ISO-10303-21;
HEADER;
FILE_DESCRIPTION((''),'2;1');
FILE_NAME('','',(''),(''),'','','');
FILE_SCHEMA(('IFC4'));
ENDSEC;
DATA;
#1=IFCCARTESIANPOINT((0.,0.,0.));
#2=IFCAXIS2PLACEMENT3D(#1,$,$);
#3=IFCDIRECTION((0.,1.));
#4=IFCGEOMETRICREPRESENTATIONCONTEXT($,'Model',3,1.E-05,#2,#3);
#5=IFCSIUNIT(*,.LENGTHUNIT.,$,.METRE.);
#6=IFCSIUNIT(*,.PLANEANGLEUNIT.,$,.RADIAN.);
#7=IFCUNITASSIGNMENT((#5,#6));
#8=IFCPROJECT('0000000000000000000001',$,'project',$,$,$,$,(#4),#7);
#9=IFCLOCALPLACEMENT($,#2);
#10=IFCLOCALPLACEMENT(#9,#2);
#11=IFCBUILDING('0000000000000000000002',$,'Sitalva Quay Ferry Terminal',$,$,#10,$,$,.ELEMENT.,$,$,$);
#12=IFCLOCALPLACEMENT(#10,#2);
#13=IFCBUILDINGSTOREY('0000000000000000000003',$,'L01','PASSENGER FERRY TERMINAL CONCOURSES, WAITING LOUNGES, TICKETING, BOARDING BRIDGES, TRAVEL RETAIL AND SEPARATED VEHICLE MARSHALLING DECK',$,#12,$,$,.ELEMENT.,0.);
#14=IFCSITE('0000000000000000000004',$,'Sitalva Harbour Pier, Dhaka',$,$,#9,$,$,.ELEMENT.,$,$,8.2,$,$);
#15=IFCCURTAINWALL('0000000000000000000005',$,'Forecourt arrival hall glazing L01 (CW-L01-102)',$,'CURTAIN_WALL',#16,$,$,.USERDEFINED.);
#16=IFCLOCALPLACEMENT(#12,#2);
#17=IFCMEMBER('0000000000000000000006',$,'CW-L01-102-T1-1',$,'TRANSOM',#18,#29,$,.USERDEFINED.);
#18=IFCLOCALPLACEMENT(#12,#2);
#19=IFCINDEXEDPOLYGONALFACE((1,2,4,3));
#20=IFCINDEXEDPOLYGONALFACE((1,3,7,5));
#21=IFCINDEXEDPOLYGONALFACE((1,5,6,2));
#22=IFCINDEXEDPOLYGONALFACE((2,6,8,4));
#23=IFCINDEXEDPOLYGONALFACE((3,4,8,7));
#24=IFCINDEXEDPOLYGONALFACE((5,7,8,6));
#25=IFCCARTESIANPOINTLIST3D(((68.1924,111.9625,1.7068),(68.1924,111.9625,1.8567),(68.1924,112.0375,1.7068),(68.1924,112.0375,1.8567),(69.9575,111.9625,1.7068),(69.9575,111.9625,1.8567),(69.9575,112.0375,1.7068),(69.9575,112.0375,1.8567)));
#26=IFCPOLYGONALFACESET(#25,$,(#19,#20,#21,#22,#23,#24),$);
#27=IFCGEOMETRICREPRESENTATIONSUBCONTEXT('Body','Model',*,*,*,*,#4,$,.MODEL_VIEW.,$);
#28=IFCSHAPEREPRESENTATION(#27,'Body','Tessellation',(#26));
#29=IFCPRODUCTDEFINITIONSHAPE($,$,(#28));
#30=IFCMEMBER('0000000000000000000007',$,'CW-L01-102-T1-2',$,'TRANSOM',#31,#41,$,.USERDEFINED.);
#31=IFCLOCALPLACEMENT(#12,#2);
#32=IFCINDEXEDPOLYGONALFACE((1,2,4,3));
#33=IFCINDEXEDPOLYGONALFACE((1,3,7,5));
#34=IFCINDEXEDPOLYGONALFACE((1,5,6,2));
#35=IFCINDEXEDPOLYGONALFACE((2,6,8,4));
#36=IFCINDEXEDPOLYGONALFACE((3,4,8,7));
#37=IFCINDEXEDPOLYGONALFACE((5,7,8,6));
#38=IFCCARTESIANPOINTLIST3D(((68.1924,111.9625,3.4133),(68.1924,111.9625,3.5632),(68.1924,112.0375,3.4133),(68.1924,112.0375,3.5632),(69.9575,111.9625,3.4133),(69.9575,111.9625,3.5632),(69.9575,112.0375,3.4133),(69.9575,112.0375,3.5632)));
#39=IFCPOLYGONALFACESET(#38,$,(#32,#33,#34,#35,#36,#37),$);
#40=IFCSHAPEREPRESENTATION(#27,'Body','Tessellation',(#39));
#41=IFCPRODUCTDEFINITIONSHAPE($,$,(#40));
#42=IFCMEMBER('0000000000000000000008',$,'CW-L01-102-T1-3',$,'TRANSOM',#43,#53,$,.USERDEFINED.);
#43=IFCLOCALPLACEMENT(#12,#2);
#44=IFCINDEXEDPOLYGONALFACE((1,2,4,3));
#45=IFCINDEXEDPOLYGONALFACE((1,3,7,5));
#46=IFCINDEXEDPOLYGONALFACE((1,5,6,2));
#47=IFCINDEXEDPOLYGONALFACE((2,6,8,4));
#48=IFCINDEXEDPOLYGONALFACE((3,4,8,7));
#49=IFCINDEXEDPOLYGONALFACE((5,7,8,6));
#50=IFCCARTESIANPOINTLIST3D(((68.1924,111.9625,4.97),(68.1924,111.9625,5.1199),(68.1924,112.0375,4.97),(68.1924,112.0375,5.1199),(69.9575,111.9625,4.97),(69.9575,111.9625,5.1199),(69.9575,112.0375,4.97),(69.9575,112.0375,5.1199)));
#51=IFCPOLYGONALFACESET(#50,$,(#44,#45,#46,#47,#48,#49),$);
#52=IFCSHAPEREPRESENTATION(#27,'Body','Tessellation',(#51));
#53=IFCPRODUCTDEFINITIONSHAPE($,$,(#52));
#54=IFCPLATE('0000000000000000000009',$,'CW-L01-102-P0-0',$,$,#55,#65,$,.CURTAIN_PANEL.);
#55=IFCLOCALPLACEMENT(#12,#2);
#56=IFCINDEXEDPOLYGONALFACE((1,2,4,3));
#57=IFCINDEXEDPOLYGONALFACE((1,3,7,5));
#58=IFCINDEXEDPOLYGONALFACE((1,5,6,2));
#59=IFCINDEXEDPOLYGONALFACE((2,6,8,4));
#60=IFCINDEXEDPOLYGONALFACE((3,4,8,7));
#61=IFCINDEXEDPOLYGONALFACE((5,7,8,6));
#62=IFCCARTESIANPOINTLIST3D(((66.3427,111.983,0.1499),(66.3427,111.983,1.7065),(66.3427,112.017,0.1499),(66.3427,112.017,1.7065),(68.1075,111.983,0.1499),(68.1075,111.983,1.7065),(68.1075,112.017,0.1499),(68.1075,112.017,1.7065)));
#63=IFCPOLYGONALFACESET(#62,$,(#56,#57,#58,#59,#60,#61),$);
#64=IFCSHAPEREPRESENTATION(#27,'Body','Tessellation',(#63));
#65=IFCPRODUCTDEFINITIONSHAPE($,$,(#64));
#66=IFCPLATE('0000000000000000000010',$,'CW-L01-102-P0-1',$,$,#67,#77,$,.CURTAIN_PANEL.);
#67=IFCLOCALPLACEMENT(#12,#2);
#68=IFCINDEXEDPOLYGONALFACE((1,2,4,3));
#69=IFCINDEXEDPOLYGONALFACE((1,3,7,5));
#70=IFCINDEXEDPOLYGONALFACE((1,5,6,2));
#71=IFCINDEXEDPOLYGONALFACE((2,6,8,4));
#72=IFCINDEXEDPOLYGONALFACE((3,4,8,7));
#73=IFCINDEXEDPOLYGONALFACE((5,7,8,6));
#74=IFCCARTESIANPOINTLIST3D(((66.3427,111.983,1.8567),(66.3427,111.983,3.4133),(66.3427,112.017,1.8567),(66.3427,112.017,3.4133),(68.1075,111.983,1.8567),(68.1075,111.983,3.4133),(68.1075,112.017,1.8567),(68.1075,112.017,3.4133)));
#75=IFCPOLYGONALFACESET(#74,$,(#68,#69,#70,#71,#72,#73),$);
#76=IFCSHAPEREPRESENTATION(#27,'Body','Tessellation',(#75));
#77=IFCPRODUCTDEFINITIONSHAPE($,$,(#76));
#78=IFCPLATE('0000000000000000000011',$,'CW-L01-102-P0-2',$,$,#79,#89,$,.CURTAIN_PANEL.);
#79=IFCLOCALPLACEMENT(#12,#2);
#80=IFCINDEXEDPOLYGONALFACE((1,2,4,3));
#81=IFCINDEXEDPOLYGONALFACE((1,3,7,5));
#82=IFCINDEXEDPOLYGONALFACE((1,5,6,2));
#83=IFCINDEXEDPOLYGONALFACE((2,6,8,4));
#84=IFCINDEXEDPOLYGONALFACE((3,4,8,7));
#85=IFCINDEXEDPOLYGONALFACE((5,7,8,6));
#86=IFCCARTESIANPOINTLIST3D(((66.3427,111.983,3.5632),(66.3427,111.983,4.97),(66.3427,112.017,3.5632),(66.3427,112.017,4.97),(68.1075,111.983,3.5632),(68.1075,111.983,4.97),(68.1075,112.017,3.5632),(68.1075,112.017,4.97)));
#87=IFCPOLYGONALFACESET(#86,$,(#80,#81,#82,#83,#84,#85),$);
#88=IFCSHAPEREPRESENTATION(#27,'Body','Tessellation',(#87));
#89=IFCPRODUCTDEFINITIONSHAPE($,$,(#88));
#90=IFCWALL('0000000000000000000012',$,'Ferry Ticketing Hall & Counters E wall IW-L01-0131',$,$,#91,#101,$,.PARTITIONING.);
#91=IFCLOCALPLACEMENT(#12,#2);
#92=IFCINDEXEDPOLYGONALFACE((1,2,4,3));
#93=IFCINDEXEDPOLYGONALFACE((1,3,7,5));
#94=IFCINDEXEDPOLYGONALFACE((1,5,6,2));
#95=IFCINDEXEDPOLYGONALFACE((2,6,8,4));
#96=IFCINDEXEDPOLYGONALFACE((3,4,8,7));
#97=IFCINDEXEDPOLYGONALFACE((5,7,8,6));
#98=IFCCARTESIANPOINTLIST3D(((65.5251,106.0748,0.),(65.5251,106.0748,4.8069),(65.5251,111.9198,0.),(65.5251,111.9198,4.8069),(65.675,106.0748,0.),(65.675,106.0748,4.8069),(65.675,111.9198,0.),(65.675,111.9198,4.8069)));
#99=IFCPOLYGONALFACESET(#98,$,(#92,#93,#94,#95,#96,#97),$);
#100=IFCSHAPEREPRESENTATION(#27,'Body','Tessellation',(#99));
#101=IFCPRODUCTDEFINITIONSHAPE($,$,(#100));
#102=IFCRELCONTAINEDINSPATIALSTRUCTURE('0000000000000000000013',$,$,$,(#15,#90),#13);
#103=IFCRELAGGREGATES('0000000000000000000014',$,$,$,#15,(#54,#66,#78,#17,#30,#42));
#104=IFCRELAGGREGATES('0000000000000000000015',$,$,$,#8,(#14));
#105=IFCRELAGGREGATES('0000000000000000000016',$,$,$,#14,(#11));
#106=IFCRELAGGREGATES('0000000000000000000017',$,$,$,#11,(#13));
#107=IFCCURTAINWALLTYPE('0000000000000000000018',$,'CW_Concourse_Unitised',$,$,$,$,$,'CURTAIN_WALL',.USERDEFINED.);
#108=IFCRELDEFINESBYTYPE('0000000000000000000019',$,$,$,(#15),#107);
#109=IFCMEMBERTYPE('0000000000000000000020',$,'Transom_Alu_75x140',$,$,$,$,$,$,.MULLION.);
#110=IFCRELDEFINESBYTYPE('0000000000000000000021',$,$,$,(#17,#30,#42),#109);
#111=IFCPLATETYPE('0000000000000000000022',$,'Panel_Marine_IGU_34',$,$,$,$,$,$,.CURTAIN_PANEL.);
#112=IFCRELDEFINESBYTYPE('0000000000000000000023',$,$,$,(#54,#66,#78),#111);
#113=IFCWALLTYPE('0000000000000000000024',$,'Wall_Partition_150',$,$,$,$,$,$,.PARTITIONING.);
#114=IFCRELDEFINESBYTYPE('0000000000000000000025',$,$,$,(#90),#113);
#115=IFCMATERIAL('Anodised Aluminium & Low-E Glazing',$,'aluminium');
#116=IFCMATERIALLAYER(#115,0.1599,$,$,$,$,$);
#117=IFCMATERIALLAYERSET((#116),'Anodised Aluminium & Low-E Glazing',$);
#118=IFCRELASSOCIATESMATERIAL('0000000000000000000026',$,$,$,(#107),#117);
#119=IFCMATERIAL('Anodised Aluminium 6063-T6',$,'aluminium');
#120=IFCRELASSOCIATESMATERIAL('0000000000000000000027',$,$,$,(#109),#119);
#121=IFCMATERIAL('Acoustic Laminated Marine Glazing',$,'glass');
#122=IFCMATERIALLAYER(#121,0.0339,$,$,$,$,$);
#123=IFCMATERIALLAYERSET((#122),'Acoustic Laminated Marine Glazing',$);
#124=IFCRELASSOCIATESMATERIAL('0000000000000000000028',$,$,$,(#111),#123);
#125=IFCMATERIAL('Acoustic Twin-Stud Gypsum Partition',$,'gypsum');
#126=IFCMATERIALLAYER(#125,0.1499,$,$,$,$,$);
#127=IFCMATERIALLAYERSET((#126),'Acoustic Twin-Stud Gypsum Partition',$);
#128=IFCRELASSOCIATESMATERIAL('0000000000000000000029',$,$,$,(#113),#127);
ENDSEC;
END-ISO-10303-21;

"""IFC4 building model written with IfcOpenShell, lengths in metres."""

from ifc_helpers import new_model, si_unit, direction, frame, frame_2d, origin, origin_2d, place, context, subcontext, project, spatial, rectangle, extrude, material, layer, layer_set, material_profile, profile_set, type_object, element, aggregate, save


model = new_model("IFC4")

# Units and contexts
model_context = context("Model", 3, precision=1e-05, world=origin(), true_north=direction((0.0, 1.0)))
body_context = subcontext(model_context, "Body", "Model", "MODEL_VIEW")
ifc_project = project(units=[si_unit("LENGTHUNIT", "METRE"), si_unit("PLANEANGLEUNIT", "RADIAN")], contexts=[model_context])

# Site, building, storey
site_placement = place(None, origin())
site = spatial("IfcSite", under=ifc_project, at=site_placement, Name="Sitalva Harbour Pier, Dhaka", CompositionType="ELEMENT", RefElevation=8.2)
building_placement = place(site_placement, origin())
building = spatial("IfcBuilding", under=site, at=building_placement, Name="Sitalva Quay Ferry Terminal", CompositionType="ELEMENT")
storey_placement = place(building_placement, origin())
storey = spatial("IfcBuildingStorey", under=building, at=storey_placement, Name="L01", Description="PASSENGER FERRY TERMINAL CONCOURSES, WAITING LOUNGES, TICKETING, BOARDING BRIDGES, TRAVEL RETAIL AND SEPARATED VEHICLE MARSHALLING DECK", CompositionType="ELEMENT", Elevation=0.0)

# Curtain wall, members, plates
ifc_material_1 = material(Name="Anodised Aluminium & Low-E Glazing", Category="aluminium")
ifc_layer_1 = layer(ifc_material_1, 0.1599)
ifc_layer_set_1 = layer_set([ifc_layer_1], Name="Anodised Aluminium & Low-E Glazing")
curtain_wall_type = type_object("IfcCurtainWallType", Name="CW_Concourse_Unitised", ElementType="CURTAIN_WALL", PredefinedType="USERDEFINED", material=ifc_layer_set_1)
curtain_wall_placement = place(storey_placement, origin())
curtain_wall = element("IfcCurtainWall", 1, at=curtain_wall_placement, inside=storey, type_object=curtain_wall_type, Name="Forecourt arrival hall glazing L01 (CW-L01-102)", ObjectType="CURTAIN_WALL", PredefinedType="USERDEFINED")
ifc_material_2 = material(Name="Anodised Aluminium 6063-T6", Category="aluminium")
ifc_material_profile_1 = material_profile(ifc_material_2, rectangle(XDim=0.075, YDim=0.1499, at=origin_2d()), Name="ALU75x150")
ifc_profile_set_1 = profile_set([ifc_material_profile_1], Name="Anodised Aluminium 6063-T6")
member_type_1 = type_object("IfcMemberType", Name="Transom_Alu_75x140", PredefinedType="MULLION", material=ifc_profile_set_1)
member_1_placement = place(storey_placement, frame((68.1924, 112.0, 1.7817), z_axis=(1.0, 0.0, 0.0), x_axis=(0.0, 1.0, 0.0)))
member_1 = element("IfcMember", 2, at=member_1_placement, type_object=member_type_1, Name="CW-L01-102-T1-1", ObjectType="TRANSOM", PredefinedType="USERDEFINED", context=body_context, shape_type="SweptSolid", body=[
    extrude(rectangle(XDim=0.075, YDim=0.1499, at=origin_2d()), origin(), (0.0, 0.0, 1.0), 1.7651),
])
member_2_placement = place(storey_placement, frame((68.1924, 112.0, 3.4883), z_axis=(1.0, 0.0, 0.0), x_axis=(0.0, 1.0, 0.0)))
member_2 = element("IfcMember", 3, at=member_2_placement, type_object=member_type_1, Name="CW-L01-102-T1-2", ObjectType="TRANSOM", PredefinedType="USERDEFINED", context=body_context, shape_type="SweptSolid", body=[
    extrude(rectangle(XDim=0.075, YDim=0.1499, at=origin_2d()), origin(), (0.0, 0.0, 1.0), 1.7651),
])
member_3_placement = place(storey_placement, frame((68.1924, 112.0, 5.0449), z_axis=(1.0, 0.0, 0.0), x_axis=(0.0, 1.0, 0.0)))
member_3 = element("IfcMember", 4, at=member_3_placement, type_object=member_type_1, Name="CW-L01-102-T1-3", ObjectType="TRANSOM", PredefinedType="USERDEFINED", context=body_context, shape_type="SweptSolid", body=[
    extrude(rectangle(XDim=0.075, YDim=0.1499, at=origin_2d()), origin(), (0.0, 0.0, 1.0), 1.7651),
])
ifc_material_3 = material(Name="Acoustic Laminated Marine Glazing", Category="glass")
ifc_layer_2 = layer(ifc_material_3, 0.0339)
ifc_layer_set_2 = layer_set([ifc_layer_2], Name="Acoustic Laminated Marine Glazing")
plate_type = type_object("IfcPlateType", Name="Panel_Marine_IGU_34", PredefinedType="CURTAIN_PANEL", material=ifc_layer_set_2)
plate_1_placement = place(storey_placement, frame((67.2251, 112.0, 0.1499), z_axis=(0.0, 0.0, 1.0), x_axis=(1.0, 0.0, 0.0)))
plate_1 = element("IfcPlate", 5, at=plate_1_placement, type_object=plate_type, Name="CW-L01-102-P0-0", PredefinedType="CURTAIN_PANEL", context=body_context, shape_type="SweptSolid", body=[
    extrude(rectangle(XDim=1.7649, YDim=0.0339, at=origin_2d()), origin(), (0.0, 0.0, 1.0), 1.5566),
])
plate_2_placement = place(storey_placement, frame((67.2251, 112.0, 1.8567), z_axis=(0.0, 0.0, 1.0), x_axis=(1.0, 0.0, 0.0)))
plate_2 = element("IfcPlate", 6, at=plate_2_placement, type_object=plate_type, Name="CW-L01-102-P0-1", PredefinedType="CURTAIN_PANEL", context=body_context, shape_type="SweptSolid", body=[
    extrude(rectangle(XDim=1.7649, YDim=0.0339, at=origin_2d()), origin(), (0.0, 0.0, 1.0), 1.5566),
])
plate_3_placement = place(storey_placement, frame((67.2251, 112.0, 3.5632), z_axis=(0.0, 0.0, 1.0), x_axis=(1.0, 0.0, 0.0)))
plate_3 = element("IfcPlate", 7, at=plate_3_placement, type_object=plate_type, Name="CW-L01-102-P0-2", PredefinedType="CURTAIN_PANEL", context=body_context, shape_type="SweptSolid", body=[
    extrude(rectangle(XDim=1.7649, YDim=0.0339, at=origin_2d()), origin(), (0.0, 0.0, 1.0), 1.4067),
])
aggregate(curtain_wall, [plate_1, plate_2, plate_3, member_1, member_2, member_3])

# Wall
ifc_material_4 = material(Name="Acoustic Twin-Stud Gypsum Partition", Category="gypsum")
ifc_layer_3 = layer(ifc_material_4, 0.1499)
ifc_layer_set_3 = layer_set([ifc_layer_3], Name="Acoustic Twin-Stud Gypsum Partition")
wall_type_1 = type_object("IfcWallType", Name="Wall_Partition_150", PredefinedType="PARTITIONING", material=ifc_layer_set_3)
wall_1_placement = place(storey_placement, frame((65.6001, 106.075, 0.0), z_axis=(0.0, 0.0, 1.0), x_axis=(0.0, 1.0, 0.0)))
element("IfcWall", 8, at=wall_1_placement, inside=storey, type_object=wall_type_1, Name="Ferry Ticketing Hall & Counters E wall IW-L01-0131", PredefinedType="PARTITIONING", context=body_context, shape_type="SweptSolid", body=[
    extrude(rectangle(XDim=5.845, YDim=0.1499, at=frame_2d((2.9224, 0.0))), origin(), (0.0, 0.0, 1.0), 4.8069),
])

save(model, "model.ifc")
